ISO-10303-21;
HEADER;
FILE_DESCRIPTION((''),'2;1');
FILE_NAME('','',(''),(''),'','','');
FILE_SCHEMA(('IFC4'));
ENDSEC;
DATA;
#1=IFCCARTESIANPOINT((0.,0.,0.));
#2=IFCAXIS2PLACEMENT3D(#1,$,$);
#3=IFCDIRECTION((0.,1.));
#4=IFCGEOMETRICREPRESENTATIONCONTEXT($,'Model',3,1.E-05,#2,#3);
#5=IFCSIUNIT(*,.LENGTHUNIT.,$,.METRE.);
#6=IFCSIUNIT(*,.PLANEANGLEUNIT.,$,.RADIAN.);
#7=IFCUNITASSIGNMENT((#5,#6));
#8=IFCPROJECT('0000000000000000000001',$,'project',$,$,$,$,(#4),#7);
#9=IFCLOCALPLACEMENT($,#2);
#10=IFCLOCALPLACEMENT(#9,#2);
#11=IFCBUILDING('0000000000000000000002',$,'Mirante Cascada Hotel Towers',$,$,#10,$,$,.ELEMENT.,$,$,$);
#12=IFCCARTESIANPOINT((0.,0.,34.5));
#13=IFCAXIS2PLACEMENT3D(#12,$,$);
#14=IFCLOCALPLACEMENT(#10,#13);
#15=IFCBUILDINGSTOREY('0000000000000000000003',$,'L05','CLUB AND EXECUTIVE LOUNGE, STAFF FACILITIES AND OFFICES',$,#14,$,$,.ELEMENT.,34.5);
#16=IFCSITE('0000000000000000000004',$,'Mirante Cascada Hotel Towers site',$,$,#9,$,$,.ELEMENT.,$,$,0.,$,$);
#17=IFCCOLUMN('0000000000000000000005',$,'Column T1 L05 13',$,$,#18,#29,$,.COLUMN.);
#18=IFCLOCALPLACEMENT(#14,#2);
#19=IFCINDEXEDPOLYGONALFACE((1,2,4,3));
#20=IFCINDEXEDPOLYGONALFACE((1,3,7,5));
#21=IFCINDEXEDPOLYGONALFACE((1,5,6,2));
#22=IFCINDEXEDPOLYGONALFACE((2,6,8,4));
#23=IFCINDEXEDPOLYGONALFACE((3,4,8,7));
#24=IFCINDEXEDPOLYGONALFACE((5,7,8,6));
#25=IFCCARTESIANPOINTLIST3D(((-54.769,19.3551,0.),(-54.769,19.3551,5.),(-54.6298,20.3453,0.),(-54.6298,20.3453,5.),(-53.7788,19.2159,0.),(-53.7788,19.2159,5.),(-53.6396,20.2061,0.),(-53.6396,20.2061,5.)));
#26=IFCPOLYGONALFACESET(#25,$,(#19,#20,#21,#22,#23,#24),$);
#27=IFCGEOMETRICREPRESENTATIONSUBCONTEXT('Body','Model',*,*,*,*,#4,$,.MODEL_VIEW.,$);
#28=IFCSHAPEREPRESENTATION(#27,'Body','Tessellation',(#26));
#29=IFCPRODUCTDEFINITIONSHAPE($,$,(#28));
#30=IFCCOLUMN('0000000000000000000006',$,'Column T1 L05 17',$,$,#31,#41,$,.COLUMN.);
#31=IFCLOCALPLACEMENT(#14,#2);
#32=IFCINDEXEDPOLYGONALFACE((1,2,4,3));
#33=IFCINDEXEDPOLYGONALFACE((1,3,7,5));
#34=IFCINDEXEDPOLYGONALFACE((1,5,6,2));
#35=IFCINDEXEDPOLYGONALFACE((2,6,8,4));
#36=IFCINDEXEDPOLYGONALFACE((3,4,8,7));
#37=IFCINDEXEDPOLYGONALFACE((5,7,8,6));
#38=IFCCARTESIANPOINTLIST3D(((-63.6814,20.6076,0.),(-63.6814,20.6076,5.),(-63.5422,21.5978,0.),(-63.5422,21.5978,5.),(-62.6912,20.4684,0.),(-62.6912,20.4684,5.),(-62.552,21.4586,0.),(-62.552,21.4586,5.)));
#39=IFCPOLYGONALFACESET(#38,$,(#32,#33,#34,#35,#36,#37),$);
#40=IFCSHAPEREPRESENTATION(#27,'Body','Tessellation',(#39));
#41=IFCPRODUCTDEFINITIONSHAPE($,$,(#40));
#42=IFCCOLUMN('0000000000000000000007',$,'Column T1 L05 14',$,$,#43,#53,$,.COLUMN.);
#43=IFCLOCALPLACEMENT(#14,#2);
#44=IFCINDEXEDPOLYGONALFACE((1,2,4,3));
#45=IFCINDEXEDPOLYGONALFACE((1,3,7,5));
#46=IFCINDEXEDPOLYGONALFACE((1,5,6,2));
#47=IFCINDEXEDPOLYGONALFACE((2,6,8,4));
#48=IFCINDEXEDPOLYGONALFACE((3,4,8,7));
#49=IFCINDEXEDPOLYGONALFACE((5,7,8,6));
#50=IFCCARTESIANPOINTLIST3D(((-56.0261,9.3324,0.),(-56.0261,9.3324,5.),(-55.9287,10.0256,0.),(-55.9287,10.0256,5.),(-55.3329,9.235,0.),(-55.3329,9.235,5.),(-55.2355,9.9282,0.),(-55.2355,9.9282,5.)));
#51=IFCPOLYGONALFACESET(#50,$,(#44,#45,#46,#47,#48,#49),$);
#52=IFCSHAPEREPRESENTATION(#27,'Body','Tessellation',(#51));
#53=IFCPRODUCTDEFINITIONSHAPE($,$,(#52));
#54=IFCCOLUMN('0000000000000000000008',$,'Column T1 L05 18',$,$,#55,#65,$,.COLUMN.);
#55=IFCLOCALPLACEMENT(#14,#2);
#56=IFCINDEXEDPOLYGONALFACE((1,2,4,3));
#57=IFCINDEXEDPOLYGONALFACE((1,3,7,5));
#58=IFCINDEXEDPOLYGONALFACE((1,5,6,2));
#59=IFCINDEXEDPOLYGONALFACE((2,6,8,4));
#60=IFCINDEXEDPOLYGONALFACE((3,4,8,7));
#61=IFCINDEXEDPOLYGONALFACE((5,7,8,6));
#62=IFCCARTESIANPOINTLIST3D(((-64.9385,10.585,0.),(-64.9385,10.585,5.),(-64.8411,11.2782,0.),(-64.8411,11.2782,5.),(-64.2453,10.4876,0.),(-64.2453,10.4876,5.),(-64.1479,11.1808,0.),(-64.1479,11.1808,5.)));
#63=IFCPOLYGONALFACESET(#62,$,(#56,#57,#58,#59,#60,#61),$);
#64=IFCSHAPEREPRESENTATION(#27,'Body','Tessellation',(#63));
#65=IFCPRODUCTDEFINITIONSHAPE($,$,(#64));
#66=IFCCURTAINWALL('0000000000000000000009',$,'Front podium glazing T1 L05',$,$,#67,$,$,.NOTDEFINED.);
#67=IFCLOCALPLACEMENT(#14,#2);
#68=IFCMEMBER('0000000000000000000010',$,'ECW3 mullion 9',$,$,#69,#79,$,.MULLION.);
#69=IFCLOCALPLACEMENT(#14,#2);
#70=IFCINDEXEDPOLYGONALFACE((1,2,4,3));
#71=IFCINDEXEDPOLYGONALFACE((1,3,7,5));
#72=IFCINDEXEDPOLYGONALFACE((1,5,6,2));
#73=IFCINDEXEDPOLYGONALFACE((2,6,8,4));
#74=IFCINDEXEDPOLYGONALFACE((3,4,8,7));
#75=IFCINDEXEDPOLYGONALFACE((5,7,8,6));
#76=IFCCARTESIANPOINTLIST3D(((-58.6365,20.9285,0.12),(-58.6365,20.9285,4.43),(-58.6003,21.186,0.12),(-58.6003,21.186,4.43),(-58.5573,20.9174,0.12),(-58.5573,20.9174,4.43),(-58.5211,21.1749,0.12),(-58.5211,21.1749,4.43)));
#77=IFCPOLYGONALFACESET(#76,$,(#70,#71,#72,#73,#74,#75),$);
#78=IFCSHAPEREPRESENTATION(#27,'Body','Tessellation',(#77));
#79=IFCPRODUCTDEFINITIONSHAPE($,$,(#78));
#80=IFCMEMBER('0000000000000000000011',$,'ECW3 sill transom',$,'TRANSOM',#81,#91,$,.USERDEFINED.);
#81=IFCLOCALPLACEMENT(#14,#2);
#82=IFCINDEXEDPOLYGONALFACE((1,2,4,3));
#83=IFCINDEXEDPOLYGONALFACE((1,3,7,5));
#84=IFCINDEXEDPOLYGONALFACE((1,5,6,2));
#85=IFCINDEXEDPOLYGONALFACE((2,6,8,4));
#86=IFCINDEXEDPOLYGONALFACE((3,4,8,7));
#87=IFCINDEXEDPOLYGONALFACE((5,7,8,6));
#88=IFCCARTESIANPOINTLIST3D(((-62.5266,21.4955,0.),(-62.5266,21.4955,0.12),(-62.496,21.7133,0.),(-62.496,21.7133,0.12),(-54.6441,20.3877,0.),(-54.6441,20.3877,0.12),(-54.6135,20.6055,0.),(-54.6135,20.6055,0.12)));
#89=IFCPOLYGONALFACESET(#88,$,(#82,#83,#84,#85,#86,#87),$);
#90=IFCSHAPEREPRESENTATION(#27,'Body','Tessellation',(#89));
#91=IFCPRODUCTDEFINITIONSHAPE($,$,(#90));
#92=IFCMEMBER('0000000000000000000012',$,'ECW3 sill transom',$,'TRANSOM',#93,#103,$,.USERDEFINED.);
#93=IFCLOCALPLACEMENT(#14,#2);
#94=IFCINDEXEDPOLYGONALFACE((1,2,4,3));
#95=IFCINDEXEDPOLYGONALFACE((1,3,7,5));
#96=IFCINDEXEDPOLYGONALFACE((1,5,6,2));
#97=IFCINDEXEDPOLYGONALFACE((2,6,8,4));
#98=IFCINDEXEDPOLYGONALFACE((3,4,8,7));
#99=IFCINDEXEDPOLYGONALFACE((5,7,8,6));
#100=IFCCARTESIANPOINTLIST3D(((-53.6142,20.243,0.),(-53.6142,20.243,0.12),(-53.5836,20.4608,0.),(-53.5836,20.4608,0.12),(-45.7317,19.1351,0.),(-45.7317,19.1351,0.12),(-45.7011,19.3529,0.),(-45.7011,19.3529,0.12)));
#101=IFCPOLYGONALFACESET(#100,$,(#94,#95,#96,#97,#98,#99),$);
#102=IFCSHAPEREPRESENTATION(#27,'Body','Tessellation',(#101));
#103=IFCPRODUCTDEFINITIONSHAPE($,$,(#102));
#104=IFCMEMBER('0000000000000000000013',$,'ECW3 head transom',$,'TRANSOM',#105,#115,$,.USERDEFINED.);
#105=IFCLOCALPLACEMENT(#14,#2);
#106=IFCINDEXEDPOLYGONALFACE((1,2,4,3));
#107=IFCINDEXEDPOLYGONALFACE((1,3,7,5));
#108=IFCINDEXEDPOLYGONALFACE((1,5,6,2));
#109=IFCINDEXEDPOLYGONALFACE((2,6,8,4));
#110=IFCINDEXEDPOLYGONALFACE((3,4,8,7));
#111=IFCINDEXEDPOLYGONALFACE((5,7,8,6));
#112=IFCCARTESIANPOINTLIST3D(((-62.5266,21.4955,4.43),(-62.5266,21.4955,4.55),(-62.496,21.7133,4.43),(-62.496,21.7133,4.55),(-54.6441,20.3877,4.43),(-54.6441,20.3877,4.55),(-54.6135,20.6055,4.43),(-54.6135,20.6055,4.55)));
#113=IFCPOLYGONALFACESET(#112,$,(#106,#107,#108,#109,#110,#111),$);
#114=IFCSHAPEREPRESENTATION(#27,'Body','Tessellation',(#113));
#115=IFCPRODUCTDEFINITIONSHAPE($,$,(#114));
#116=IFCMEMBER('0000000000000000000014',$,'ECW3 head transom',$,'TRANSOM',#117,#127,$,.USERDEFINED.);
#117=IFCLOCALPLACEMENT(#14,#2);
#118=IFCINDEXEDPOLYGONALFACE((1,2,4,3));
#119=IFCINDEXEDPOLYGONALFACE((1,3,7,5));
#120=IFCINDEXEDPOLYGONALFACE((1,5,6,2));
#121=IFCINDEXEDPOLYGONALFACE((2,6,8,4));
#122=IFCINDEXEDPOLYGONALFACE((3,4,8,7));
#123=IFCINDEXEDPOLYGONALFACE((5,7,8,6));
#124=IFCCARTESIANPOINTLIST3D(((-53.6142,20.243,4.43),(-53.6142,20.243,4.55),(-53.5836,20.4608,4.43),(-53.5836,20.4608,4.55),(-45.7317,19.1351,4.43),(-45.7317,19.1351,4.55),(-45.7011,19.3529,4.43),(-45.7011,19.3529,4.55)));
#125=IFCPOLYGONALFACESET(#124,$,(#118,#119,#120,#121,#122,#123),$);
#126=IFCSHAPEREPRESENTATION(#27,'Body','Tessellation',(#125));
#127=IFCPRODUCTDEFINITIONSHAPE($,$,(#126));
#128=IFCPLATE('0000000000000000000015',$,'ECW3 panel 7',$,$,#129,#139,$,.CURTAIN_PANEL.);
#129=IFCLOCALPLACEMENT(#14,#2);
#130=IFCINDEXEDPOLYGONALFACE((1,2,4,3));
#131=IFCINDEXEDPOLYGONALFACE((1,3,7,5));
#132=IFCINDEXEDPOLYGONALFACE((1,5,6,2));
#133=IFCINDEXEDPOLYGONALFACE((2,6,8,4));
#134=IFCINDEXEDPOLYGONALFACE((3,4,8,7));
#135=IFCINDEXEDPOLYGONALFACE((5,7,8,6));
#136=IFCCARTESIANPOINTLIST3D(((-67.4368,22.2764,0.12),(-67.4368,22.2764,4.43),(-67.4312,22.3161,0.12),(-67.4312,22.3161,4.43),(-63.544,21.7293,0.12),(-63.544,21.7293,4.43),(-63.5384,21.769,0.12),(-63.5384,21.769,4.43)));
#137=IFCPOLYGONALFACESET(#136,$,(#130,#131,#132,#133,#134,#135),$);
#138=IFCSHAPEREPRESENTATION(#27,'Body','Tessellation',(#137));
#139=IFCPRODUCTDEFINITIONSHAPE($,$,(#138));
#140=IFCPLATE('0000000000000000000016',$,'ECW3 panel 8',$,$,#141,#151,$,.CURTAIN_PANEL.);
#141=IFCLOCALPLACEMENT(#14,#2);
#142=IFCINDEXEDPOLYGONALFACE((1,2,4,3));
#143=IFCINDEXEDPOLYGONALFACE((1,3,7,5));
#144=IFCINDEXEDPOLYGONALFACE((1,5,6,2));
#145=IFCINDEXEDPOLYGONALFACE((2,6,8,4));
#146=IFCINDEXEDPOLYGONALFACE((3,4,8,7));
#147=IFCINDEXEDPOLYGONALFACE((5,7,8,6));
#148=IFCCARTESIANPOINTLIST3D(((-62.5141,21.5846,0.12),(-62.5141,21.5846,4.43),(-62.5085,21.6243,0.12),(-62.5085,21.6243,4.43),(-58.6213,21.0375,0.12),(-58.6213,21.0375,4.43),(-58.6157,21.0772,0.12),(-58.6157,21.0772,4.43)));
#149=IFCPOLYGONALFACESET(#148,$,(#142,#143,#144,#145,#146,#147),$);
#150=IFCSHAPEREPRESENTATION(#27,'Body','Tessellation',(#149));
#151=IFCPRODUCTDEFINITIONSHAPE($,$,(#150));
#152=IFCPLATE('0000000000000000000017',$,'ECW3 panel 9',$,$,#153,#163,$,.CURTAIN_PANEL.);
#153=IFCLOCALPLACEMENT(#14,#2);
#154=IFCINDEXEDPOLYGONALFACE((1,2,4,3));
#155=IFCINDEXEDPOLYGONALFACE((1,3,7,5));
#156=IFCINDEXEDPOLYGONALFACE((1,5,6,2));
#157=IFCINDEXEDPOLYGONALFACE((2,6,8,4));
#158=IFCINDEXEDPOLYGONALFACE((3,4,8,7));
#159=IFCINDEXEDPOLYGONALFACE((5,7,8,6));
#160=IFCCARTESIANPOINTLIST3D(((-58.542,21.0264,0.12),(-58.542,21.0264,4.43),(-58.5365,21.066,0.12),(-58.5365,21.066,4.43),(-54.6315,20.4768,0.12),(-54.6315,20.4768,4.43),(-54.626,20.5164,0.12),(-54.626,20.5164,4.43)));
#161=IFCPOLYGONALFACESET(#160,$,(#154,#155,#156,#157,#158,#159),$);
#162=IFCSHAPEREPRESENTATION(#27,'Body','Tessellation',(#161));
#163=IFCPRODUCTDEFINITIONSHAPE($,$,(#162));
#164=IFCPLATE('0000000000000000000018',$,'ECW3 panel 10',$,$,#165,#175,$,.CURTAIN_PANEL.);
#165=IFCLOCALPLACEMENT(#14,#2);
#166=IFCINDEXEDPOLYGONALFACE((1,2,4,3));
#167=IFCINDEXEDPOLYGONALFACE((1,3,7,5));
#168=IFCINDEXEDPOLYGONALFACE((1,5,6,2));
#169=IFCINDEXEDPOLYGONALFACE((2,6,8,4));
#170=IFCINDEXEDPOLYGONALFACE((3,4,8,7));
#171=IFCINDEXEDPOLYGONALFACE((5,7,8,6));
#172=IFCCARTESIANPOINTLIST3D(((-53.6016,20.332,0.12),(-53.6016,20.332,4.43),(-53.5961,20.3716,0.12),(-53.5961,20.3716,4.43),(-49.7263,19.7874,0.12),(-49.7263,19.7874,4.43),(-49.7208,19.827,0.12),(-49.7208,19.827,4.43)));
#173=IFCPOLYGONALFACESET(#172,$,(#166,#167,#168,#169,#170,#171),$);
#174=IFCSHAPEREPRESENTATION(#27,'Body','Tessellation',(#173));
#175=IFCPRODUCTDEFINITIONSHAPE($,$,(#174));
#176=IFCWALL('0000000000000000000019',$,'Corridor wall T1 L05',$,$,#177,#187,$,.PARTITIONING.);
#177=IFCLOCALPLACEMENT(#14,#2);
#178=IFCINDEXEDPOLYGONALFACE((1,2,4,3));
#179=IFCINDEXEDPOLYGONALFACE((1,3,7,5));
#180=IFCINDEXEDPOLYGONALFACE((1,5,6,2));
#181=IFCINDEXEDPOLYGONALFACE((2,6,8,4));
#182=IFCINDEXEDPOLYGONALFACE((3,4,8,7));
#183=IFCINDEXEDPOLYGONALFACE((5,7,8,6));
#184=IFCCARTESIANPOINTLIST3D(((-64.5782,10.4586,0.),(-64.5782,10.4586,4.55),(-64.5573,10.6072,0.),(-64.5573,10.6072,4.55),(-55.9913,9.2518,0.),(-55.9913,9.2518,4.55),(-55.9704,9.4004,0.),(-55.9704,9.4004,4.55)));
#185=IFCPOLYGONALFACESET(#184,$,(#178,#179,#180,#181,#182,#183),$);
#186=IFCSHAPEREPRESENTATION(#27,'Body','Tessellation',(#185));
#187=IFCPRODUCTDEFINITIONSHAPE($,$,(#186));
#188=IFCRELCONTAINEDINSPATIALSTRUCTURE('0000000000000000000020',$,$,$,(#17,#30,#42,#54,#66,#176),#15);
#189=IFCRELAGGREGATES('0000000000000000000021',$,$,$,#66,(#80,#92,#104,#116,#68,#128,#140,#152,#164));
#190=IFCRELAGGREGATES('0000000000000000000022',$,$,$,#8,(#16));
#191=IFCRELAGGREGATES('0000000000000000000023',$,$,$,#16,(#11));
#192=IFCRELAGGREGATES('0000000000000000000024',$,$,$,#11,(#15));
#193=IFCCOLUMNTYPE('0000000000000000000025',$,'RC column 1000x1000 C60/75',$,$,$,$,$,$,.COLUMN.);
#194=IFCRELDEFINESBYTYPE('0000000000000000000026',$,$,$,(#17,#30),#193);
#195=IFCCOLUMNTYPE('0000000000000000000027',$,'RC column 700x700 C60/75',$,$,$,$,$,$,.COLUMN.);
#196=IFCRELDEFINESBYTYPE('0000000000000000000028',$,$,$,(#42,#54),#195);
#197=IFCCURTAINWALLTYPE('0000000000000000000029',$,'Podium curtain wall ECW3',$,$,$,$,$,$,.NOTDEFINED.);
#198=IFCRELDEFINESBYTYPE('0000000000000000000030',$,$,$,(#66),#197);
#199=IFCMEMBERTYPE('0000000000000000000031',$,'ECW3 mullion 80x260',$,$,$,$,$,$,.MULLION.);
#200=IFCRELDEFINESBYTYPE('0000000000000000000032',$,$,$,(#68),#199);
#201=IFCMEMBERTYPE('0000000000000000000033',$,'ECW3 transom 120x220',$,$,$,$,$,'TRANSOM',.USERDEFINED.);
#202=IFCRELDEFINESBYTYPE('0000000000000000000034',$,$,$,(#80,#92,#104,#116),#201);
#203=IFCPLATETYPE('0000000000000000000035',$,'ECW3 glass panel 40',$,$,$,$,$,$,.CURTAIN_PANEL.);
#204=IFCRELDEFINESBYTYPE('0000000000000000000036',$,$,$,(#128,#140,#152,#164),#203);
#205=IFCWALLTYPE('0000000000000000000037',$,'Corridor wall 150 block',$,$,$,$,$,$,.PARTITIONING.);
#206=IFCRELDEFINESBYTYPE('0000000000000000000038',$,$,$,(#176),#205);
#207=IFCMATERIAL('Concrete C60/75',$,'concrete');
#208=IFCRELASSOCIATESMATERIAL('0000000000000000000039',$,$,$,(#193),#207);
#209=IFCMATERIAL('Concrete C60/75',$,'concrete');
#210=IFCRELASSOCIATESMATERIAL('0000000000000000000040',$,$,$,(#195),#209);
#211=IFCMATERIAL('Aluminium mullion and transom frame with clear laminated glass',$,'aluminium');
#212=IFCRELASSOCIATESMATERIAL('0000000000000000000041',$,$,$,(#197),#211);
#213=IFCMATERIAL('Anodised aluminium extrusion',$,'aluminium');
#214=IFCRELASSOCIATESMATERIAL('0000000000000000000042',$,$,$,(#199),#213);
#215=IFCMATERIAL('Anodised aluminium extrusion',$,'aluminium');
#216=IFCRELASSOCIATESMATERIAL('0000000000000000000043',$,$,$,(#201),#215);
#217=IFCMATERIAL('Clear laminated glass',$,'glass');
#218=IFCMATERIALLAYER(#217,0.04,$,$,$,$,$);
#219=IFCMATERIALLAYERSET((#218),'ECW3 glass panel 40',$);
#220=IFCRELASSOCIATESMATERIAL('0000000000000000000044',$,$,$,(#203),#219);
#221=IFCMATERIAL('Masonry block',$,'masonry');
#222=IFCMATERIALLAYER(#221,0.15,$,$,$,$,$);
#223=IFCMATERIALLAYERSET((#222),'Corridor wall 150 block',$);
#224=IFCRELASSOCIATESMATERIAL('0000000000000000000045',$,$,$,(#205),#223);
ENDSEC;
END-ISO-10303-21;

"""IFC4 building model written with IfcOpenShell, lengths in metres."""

from ifc_helpers import new_model, si_unit, direction, frame, frame_2d, origin, origin_2d, place, context, subcontext, project, spatial, rectangle, extrude, material, layer, layer_set, material_profile, profile_set, type_object, element, aggregate, save


model = new_model("IFC4")

# Units and contexts
model_context = context("Model", 3, precision=1e-05, world=origin(), true_north=direction((0.0, 1.0)))
body_context = subcontext(model_context, "Body", "Model", "MODEL_VIEW")
ifc_project = project(units=[si_unit("LENGTHUNIT", "METRE"), si_unit("PLANEANGLEUNIT", "RADIAN")], contexts=[model_context])

# Site, building, storey
site_placement = place(None, origin())
site = spatial("IfcSite", under=ifc_project, at=site_placement, Name="Mirante Cascada Hotel Towers site", CompositionType="ELEMENT", RefElevation=0.0)
building_placement = place(site_placement, origin())
building = spatial("IfcBuilding", under=site, at=building_placement, Name="Mirante Cascada Hotel Towers", CompositionType="ELEMENT")
storey_placement = place(building_placement, frame((0.0, 0.0, 34.5)))
storey = spatial("IfcBuildingStorey", under=building, at=storey_placement, Name="L05", Description="CLUB AND EXECUTIVE LOUNGE, STAFF FACILITIES AND OFFICES", CompositionType="ELEMENT", Elevation=34.5)

# Columns
ifc_material_1 = material(Name="Concrete C60/75", Category="concrete")
ifc_material_profile_1 = material_profile(ifc_material_1, rectangle(XDim=1.0, YDim=1.0, at=origin_2d()), Name="RC column 1000x1000 C60/75")
ifc_profile_set_1 = profile_set([ifc_material_profile_1], Name="Concrete C60/75")
column_type_1 = type_object("IfcColumnType", Name="RC column 1000x1000 C60/75", PredefinedType="COLUMN", material=ifc_profile_set_1)
for number, where, z_axis, x_axis, name in (
    (1, (-54.2043, 19.7806, 0.0), (0.0, 0.0, 1.0), (-0.990268, 0.139173, 0.0), "Column T1 L05 13"),
    (2, (-63.1167, 21.0331, 0.0), (0.0, 0.0, 1.0), (-0.990268, 0.139173, 0.0), "Column T1 L05 17"),
):
    element("IfcColumn", number, at=place(storey_placement, frame(where, z_axis=z_axis, x_axis=x_axis)), inside=storey, type_object=column_type_1, Name=name, PredefinedType="COLUMN", context=body_context, shape_type="SweptSolid", body=[
        extrude(rectangle(XDim=1.0, YDim=1.0, at=origin_2d()), origin(), (0.0, 0.0, 1.0), 5.0),
    ])
ifc_material_2 = material(Name="Concrete C60/75", Category="concrete")
ifc_material_profile_2 = material_profile(ifc_material_2, rectangle(XDim=0.7, YDim=0.7, at=origin_2d()), Name="RC column 700x700 C60/75")
ifc_profile_set_2 = profile_set([ifc_material_profile_2], Name="Concrete C60/75")
column_type_2 = type_object("IfcColumnType", Name="RC column 700x700 C60/75", PredefinedType="COLUMN", material=ifc_profile_set_2)
for number, where, z_axis, x_axis, name in (
    (3, (-55.6308, 9.6303, 0.0), (0.0, 0.0, 1.0), (-0.990268, 0.139173, 0.0), "Column T1 L05 14"),
    (4, (-64.5432, 10.8829, 0.0), (0.0, 0.0, 1.0), (-0.990268, 0.139173, 0.0), "Column T1 L05 18"),
):
    element("IfcColumn", number, at=place(storey_placement, frame(where, z_axis=z_axis, x_axis=x_axis)), inside=storey, type_object=column_type_2, Name=name, PredefinedType="COLUMN", context=body_context, shape_type="SweptSolid", body=[
        extrude(rectangle(XDim=0.7, YDim=0.7, at=origin_2d()), origin(), (0.0, 0.0, 1.0), 5.0),
    ])

# Curtain wall, members, plates
ifc_material_3 = material(Name="Aluminium mullion and transom frame with clear laminated glass", Category="aluminium")
curtain_wall_type = type_object("IfcCurtainWallType", Name="Podium curtain wall ECW3", PredefinedType="NOTDEFINED", material=ifc_material_3)
curtain_wall_placement = place(storey_placement, origin())
curtain_wall = element("IfcCurtainWall", 5, at=curtain_wall_placement, inside=storey, type_object=curtain_wall_type, Name="Front podium glazing T1 L05", PredefinedType="NOTDEFINED")
ifc_material_4 = material(Name="Anodised aluminium extrusion", Category="aluminium")
ifc_material_profile_3 = material_profile(ifc_material_4, rectangle(XDim=0.26, YDim=0.08, at=origin_2d()), Name="ECW3 MULLION 80x260")
ifc_profile_set_3 = profile_set([ifc_material_profile_3], Name="Anodised aluminium extrusion")
member_type_1 = type_object("IfcMemberType", Name="ECW3 mullion 80x260", PredefinedType="MULLION", material=ifc_profile_set_3)
member_1_placement = place(storey_placement, frame((-58.5788, 21.0517, 0.12), z_axis=(0.0, 0.0, 1.0), x_axis=(0.139173, 0.990268, 0.0)))
member_1 = element("IfcMember", 6, at=member_1_placement, type_object=member_type_1, Name="ECW3 mullion 9", PredefinedType="MULLION", context=body_context, shape_type="SweptSolid", body=[
    extrude(rectangle(XDim=0.26, YDim=0.08, at=origin_2d()), origin(), (0.0, 0.0, 1.0), 4.31),
])
ifc_material_5 = material(Name="Anodised aluminium extrusion", Category="aluminium")
ifc_material_profile_4 = material_profile(ifc_material_5, rectangle(XDim=0.22, YDim=0.12, at=origin_2d()), Name="ECW3 TRANSOM 120x220")
ifc_profile_set_4 = profile_set([ifc_material_profile_4], Name="Anodised aluminium extrusion")
member_type_2 = type_object("IfcMemberType", Name="ECW3 transom 120x220", ElementType="TRANSOM", PredefinedType="USERDEFINED", material=ifc_profile_set_4)
member_2_placement = place(storey_placement, frame((-62.5113, 21.6044, 0.06), z_axis=(0.990268, -0.139172, 0.0), x_axis=(0.139172, 0.990268, 0.0)))
member_2 = element("IfcMember", 7, at=member_2_placement, type_object=member_type_2, Name="ECW3 sill transom", ObjectType="TRANSOM", PredefinedType="USERDEFINED", context=body_context, shape_type="SweptSolid", body=[
    extrude(rectangle(XDim=0.22, YDim=0.12, at=origin_2d()), origin(), (0.0, 0.0, 1.0), 7.96),
])
member_3_placement = place(storey_placement, frame((-53.5989, 20.3519, 0.06), z_axis=(0.990267, -0.139184, 0.0), x_axis=(0.139184, 0.990267, 0.0)))
member_3 = element("IfcMember", 8, at=member_3_placement, type_object=member_type_2, Name="ECW3 sill transom", ObjectType="TRANSOM", PredefinedType="USERDEFINED", context=body_context, shape_type="SweptSolid", body=[
    extrude(rectangle(XDim=0.22, YDim=0.12, at=origin_2d()), origin(), (0.0, 0.0, 1.0), 7.96),
])
member_4_placement = place(storey_placement, frame((-62.5113, 21.6044, 4.49), z_axis=(0.990268, -0.139172, 0.0), x_axis=(0.139172, 0.990268, 0.0)))
member_4 = element("IfcMember", 9, at=member_4_placement, type_object=member_type_2, Name="ECW3 head transom", ObjectType="TRANSOM", PredefinedType="USERDEFINED", context=body_context, shape_type="SweptSolid", body=[
    extrude(rectangle(XDim=0.22, YDim=0.12, at=origin_2d()), origin(), (0.0, 0.0, 1.0), 7.96),
])
member_5_placement = place(storey_placement, frame((-53.5989, 20.3519, 4.49), z_axis=(0.990267, -0.139184, 0.0), x_axis=(0.139184, 0.990267, 0.0)))
member_5 = element("IfcMember", 10, at=member_5_placement, type_object=member_type_2, Name="ECW3 head transom", ObjectType="TRANSOM", PredefinedType="USERDEFINED", context=body_context, shape_type="SweptSolid", body=[
    extrude(rectangle(XDim=0.22, YDim=0.12, at=origin_2d()), origin(), (0.0, 0.0, 1.0), 7.96),
])
ifc_material_6 = material(Name="Clear laminated glass", Category="glass")
ifc_layer_1 = layer(ifc_material_6, 0.04)
ifc_layer_set_1 = layer_set([ifc_layer_1], Name="ECW3 glass panel 40")
plate_type = type_object("IfcPlateType", Name="ECW3 glass panel 40", PredefinedType="CURTAIN_PANEL", material=ifc_layer_set_1)
plate_1_placement = place(storey_placement, frame((-65.4876, 22.0227, 0.12), z_axis=(0.0, 0.0, 1.0), x_axis=(0.990268, -0.139173, 0.0)))
plate_1 = element("IfcPlate", 11, at=plate_1_placement, type_object=plate_type, Name="ECW3 panel 7", PredefinedType="CURTAIN_PANEL", context=body_context, shape_type="SweptSolid", body=[
    extrude(rectangle(XDim=3.9311, YDim=0.04, at=origin_2d()), origin(), (0.0, 0.0, 1.0), 4.31),
])
plate_2_placement = place(storey_placement, frame((-60.5649, 21.3309, 0.12), z_axis=(0.0, 0.0, 1.0), x_axis=(0.990268, -0.139173, 0.0)))
plate_2 = element("IfcPlate", 12, at=plate_2_placement, type_object=plate_type, Name="ECW3 panel 8", PredefinedType="CURTAIN_PANEL", context=body_context, shape_type="SweptSolid", body=[
    extrude(rectangle(XDim=3.9311, YDim=0.04, at=origin_2d()), origin(), (0.0, 0.0, 1.0), 4.31),
])
plate_3_placement = place(storey_placement, frame((-56.584, 20.7714, 0.12), z_axis=(0.0, 0.0, 1.0), x_axis=(0.990268, -0.139173, 0.0)))
plate_3 = element("IfcPlate", 13, at=plate_3_placement, type_object=plate_type, Name="ECW3 panel 9", PredefinedType="CURTAIN_PANEL", context=body_context, shape_type="SweptSolid", body=[
    extrude(rectangle(XDim=3.9489, YDim=0.04, at=origin_2d()), origin(), (0.0, 0.0, 1.0), 4.31),
])
plate_4_placement = place(storey_placement, frame((-51.6612, 20.0795, 0.12), z_axis=(0.0, 0.0, 1.0), x_axis=(0.990268, -0.139173, 0.0)))
plate_4 = element("IfcPlate", 14, at=plate_4_placement, type_object=plate_type, Name="ECW3 panel 10", PredefinedType="CURTAIN_PANEL", context=body_context, shape_type="SweptSolid", body=[
    extrude(rectangle(XDim=3.9134, YDim=0.04, at=origin_2d()), origin(), (0.0, 0.0, 1.0), 4.31),
])
aggregate(curtain_wall, [member_2, member_3, member_4, member_5, member_1, plate_1, plate_2, plate_3, plate_4])

# Wall
ifc_material_7 = material(Name="Masonry block", Category="masonry")
ifc_layer_2 = layer(ifc_material_7, 0.15)
ifc_layer_set_2 = layer_set([ifc_layer_2], Name="Corridor wall 150 block")
wall_type_1 = type_object("IfcWallType", Name="Corridor wall 150 block", PredefinedType="PARTITIONING", material=ifc_layer_set_2)
for number, where, z_axis, x_axis, name in (
    (15, (-64.5677, 10.5329, 0.0), (0.0, 0.0, 1.0), (0.990268, -0.139172, 0.0), "Corridor wall T1 L05"),
):
    element("IfcWall", number, at=place(storey_placement, frame(where, z_axis=z_axis, x_axis=x_axis)), inside=storey, type_object=wall_type_1, Name=name, PredefinedType="PARTITIONING", context=body_context, shape_type="SweptSolid", body=[
        extrude(rectangle(XDim=8.6713, YDim=0.15, at=frame_2d((4.3356, 0.0))), origin(), (0.0, 0.0, 1.0), 4.55),
    ])

save(model, "model.ifc")
